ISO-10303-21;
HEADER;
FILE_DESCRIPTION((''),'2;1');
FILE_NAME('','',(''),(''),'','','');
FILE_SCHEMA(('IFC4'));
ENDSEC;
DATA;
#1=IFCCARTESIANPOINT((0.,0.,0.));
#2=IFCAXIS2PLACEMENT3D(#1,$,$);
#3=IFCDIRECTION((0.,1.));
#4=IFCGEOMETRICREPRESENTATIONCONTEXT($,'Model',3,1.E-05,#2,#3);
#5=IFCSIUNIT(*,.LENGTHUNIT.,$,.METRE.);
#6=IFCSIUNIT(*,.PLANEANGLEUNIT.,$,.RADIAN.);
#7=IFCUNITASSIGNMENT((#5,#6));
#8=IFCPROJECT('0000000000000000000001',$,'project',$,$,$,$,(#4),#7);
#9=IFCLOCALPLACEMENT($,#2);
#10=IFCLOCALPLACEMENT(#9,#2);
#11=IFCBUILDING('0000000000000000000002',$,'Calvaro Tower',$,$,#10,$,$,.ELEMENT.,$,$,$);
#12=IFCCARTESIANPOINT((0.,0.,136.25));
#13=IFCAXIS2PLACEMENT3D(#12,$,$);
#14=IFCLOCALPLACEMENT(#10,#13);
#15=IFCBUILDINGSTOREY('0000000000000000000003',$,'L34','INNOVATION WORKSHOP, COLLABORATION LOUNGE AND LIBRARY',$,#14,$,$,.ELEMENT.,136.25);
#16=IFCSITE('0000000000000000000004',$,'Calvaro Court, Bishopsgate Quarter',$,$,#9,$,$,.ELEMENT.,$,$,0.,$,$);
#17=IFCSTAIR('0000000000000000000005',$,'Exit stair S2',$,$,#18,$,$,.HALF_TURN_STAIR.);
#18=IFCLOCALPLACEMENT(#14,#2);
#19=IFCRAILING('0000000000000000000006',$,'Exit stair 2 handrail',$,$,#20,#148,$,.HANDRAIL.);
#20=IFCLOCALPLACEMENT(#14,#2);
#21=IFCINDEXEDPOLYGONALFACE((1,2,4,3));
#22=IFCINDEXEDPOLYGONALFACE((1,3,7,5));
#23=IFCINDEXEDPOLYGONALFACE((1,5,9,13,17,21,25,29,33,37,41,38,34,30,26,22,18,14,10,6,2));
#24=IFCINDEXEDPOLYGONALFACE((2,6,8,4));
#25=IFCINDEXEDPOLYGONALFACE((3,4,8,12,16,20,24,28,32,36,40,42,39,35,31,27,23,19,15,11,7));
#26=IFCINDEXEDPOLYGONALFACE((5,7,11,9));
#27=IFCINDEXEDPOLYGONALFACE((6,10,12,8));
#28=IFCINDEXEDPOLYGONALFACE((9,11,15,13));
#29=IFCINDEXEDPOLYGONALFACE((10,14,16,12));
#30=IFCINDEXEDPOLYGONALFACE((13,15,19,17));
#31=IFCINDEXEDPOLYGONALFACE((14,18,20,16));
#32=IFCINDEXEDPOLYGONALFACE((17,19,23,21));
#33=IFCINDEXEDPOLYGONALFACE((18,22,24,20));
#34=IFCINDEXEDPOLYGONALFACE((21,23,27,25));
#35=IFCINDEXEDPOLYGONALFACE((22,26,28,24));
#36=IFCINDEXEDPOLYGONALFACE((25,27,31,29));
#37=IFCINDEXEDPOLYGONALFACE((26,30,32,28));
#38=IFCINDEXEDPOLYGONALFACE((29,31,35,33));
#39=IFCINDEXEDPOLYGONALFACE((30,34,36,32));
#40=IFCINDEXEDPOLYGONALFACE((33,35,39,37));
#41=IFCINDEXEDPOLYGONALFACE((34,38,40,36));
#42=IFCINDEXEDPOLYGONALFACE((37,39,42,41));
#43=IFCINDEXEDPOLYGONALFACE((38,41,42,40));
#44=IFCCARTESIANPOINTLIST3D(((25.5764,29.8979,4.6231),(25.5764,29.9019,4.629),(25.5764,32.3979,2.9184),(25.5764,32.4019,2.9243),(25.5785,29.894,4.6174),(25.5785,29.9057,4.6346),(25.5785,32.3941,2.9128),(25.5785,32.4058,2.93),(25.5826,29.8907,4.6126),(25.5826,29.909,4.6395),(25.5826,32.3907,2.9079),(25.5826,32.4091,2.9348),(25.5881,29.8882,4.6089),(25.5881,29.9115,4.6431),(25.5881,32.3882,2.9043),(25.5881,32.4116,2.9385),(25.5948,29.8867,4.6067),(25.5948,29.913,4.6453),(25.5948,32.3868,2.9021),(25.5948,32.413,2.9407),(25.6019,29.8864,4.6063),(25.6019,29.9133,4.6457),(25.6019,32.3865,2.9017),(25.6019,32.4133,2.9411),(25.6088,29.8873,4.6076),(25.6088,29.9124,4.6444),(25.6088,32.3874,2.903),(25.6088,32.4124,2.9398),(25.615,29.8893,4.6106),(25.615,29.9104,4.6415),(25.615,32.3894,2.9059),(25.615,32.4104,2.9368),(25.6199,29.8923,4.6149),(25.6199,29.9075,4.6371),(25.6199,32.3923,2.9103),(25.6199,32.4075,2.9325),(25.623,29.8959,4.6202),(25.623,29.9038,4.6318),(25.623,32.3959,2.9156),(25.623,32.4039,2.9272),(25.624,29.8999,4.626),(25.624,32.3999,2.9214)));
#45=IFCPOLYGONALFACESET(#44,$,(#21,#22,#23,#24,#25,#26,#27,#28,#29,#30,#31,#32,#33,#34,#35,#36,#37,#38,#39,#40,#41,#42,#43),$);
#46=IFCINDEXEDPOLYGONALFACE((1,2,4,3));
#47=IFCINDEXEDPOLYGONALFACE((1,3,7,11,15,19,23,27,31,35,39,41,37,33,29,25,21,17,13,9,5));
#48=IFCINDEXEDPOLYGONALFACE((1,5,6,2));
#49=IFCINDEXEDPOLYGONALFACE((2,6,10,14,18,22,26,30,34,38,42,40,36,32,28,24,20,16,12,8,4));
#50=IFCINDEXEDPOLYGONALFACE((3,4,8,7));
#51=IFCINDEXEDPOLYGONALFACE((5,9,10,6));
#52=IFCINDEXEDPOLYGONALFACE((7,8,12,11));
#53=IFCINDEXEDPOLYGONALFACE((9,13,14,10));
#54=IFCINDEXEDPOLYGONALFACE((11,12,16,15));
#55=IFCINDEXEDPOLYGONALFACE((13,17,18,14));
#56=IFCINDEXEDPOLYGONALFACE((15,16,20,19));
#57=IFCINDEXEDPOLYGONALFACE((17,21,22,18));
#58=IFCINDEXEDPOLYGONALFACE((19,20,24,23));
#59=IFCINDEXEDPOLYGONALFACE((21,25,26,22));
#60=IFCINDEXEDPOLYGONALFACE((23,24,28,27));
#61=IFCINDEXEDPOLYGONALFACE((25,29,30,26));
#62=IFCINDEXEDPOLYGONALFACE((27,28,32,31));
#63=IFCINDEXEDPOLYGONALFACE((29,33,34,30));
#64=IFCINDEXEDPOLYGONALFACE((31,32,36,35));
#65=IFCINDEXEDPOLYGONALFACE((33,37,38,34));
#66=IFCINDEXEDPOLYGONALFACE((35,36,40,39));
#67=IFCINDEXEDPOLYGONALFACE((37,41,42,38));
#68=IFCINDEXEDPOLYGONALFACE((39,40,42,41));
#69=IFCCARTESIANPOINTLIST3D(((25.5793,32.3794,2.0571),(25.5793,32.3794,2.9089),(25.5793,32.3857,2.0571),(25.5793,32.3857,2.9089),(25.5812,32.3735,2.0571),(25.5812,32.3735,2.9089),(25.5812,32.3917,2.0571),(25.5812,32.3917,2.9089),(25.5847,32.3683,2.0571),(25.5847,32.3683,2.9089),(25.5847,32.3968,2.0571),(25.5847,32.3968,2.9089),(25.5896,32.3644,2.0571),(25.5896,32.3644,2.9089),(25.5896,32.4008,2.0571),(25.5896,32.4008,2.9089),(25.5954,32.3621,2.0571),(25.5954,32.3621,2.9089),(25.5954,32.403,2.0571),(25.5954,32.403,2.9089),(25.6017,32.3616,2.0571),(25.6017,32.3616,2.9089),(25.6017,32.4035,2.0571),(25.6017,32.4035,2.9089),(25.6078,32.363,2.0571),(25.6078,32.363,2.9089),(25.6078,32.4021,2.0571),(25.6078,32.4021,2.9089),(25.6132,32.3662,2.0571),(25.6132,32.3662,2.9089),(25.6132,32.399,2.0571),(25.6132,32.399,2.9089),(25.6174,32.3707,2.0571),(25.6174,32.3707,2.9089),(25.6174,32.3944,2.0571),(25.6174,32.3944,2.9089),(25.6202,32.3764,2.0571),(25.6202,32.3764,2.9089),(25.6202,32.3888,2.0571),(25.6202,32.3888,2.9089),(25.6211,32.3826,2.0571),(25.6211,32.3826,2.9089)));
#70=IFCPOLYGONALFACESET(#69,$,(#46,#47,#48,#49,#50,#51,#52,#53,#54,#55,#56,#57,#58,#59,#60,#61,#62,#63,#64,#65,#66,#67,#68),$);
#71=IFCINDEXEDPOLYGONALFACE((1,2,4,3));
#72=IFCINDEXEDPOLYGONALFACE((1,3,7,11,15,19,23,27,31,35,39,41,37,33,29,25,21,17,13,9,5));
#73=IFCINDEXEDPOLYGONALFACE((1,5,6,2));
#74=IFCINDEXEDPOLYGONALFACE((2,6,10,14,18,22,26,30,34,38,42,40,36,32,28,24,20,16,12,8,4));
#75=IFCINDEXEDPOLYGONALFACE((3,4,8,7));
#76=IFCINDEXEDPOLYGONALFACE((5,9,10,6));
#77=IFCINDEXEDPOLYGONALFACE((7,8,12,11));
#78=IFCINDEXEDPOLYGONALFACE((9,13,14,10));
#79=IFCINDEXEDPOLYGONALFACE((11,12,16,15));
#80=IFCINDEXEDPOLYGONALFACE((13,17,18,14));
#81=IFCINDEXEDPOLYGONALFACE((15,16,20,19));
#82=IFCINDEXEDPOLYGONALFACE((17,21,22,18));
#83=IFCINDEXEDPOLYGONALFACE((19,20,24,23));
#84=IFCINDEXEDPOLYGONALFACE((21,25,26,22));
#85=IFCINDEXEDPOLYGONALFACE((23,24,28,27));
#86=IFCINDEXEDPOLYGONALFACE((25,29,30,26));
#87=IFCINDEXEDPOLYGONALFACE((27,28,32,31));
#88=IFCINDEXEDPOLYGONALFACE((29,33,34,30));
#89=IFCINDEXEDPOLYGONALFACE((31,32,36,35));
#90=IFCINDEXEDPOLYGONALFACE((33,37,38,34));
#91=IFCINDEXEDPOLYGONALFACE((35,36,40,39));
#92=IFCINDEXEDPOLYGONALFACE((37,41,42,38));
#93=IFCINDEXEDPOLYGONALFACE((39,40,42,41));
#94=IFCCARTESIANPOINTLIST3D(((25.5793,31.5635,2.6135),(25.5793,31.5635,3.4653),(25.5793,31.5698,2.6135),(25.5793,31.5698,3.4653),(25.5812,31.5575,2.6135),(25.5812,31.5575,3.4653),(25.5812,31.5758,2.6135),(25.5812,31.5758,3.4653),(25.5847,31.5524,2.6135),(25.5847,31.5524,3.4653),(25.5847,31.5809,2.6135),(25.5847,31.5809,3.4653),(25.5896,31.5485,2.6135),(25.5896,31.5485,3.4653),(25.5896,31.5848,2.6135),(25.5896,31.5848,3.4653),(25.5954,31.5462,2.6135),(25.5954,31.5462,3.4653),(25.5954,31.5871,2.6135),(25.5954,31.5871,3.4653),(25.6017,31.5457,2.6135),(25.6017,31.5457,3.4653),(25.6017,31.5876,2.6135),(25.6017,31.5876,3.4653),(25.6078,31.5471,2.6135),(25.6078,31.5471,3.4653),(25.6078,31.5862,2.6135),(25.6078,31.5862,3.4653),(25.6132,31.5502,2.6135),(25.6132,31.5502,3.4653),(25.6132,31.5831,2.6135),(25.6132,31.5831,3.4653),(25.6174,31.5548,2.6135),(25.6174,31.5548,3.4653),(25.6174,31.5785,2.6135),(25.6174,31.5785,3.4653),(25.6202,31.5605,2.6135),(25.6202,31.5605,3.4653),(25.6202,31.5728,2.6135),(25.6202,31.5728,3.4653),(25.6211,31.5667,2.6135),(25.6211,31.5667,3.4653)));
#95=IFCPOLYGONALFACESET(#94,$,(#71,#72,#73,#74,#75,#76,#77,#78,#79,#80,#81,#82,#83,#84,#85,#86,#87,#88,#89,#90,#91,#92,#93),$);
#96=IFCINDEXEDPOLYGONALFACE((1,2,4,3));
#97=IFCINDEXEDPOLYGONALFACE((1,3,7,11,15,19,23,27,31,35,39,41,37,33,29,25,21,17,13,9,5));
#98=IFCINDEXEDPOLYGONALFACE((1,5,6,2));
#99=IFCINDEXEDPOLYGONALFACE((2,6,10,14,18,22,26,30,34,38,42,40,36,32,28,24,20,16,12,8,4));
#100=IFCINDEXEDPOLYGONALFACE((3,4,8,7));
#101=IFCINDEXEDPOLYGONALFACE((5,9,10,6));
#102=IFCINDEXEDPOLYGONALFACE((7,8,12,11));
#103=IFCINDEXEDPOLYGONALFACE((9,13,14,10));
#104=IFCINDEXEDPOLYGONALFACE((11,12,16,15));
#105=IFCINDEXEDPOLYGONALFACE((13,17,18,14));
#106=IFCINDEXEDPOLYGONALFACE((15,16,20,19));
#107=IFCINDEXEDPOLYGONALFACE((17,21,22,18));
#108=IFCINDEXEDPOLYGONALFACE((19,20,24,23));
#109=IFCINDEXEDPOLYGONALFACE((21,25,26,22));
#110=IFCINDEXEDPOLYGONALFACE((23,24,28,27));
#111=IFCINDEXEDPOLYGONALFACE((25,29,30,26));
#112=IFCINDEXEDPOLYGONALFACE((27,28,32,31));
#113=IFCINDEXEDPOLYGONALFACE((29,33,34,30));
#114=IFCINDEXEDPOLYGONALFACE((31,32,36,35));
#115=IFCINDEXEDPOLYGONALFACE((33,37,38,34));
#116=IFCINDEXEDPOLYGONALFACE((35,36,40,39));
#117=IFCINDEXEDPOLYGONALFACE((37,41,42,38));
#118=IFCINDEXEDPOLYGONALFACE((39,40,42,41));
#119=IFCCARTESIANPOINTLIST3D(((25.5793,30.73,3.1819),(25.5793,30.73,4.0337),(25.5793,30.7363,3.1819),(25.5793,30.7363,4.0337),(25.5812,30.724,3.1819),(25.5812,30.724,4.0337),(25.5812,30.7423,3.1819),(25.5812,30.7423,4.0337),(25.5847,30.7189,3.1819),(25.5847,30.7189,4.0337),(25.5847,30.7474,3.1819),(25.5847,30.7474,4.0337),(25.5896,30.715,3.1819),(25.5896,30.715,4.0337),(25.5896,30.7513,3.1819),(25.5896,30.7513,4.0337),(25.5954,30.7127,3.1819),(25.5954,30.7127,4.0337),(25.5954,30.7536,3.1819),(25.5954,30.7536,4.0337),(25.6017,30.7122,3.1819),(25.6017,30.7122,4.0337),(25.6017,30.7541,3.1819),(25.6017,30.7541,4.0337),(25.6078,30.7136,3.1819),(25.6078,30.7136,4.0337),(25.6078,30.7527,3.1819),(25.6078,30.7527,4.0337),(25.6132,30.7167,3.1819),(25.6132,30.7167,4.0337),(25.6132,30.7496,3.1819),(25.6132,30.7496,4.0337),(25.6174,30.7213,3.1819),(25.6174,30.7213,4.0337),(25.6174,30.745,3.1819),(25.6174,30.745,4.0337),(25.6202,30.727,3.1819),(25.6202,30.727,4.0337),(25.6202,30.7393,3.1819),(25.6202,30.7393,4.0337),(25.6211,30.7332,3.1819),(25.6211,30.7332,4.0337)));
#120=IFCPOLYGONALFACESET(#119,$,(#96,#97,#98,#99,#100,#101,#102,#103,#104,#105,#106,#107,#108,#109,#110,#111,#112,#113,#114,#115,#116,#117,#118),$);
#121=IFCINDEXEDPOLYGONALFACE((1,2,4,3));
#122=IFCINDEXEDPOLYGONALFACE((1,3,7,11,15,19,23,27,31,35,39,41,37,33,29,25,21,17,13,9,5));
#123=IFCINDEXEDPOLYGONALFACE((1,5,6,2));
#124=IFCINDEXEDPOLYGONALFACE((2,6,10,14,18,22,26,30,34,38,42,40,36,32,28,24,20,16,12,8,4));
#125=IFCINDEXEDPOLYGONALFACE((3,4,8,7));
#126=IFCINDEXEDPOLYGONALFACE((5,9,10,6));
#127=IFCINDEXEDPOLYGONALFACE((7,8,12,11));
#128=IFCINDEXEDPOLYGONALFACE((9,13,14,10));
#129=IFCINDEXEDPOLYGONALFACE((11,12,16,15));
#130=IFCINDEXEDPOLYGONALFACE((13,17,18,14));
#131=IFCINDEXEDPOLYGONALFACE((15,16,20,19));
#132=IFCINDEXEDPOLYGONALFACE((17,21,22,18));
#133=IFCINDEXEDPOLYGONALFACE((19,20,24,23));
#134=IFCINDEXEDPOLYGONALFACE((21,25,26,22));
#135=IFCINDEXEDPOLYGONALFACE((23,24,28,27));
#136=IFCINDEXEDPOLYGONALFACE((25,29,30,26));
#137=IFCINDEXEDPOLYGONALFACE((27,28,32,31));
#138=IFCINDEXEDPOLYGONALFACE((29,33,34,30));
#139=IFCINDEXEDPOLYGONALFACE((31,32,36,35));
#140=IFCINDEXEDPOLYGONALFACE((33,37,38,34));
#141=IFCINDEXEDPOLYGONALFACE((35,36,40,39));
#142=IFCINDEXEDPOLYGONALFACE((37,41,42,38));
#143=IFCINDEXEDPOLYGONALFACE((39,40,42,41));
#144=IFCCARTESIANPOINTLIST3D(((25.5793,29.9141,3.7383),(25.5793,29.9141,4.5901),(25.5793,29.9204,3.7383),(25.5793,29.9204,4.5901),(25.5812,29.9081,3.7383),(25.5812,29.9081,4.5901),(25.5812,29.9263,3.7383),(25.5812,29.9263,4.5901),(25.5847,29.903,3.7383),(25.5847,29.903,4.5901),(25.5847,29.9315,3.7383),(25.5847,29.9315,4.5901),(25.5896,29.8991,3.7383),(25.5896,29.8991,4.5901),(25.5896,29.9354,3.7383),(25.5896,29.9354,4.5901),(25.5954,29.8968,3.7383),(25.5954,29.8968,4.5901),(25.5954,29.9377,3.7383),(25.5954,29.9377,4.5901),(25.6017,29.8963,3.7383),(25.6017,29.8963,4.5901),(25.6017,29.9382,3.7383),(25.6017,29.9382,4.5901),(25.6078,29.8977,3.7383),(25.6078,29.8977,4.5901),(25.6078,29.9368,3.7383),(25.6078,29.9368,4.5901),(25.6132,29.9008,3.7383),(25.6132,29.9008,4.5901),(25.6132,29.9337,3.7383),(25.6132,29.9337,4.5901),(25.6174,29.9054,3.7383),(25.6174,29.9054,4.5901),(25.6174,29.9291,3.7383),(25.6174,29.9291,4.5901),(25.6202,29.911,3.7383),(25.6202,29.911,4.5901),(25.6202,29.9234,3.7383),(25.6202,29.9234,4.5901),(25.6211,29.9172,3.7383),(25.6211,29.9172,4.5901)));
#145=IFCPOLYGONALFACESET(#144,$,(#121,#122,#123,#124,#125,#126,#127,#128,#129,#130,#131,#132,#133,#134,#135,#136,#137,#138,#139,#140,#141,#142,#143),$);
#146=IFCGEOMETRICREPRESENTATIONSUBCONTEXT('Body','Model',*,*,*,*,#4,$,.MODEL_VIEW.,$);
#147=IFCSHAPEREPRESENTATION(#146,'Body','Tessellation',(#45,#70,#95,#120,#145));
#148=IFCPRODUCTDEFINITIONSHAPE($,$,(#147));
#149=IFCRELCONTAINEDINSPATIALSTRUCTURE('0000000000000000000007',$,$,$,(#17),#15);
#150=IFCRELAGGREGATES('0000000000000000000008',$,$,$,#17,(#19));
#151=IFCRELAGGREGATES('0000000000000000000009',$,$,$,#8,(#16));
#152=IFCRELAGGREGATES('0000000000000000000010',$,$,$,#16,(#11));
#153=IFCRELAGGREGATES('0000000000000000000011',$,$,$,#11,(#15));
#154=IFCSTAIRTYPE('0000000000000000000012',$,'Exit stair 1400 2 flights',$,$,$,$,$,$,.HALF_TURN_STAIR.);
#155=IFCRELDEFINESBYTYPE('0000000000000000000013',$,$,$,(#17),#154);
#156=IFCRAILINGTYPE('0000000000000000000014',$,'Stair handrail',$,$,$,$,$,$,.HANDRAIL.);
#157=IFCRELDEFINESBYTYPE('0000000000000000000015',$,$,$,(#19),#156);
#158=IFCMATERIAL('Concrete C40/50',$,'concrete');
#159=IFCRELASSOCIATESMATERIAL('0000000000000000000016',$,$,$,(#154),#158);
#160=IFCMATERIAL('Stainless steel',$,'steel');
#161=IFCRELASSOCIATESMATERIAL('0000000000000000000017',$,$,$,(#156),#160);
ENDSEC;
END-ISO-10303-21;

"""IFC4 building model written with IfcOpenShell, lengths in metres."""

from ifc_helpers import new_model, si_unit, direction, frame, origin, origin_2d, place, context, subcontext, project, spatial, circle, extrude, material, type_object, element, aggregate, save


model = new_model("IFC4")

# Units and contexts
model_context = context("Model", 3, precision=1e-05, world=origin(), true_north=direction((0.0, 1.0)))
body_context = subcontext(model_context, "Body", "Model", "MODEL_VIEW")
ifc_project = project(units=[si_unit("LENGTHUNIT", "METRE"), si_unit("PLANEANGLEUNIT", "RADIAN")], contexts=[model_context])

# Site, building, storey
site_placement = place(None, origin())
site = spatial("IfcSite", under=ifc_project, at=site_placement, Name="Calvaro Court, Bishopsgate Quarter", CompositionType="ELEMENT", RefElevation=0.0)
building_placement = place(site_placement, origin())
building = spatial("IfcBuilding", under=site, at=building_placement, Name="Calvaro Tower", CompositionType="ELEMENT")
storey_placement = place(building_placement, frame((0.0, 0.0, 136.25)))
storey = spatial("IfcBuildingStorey", under=building, at=storey_placement, Name="L34", Description="INNOVATION WORKSHOP, COLLABORATION LOUNGE AND LIBRARY", CompositionType="ELEMENT", Elevation=136.25)

# Stair, railing
ifc_material_1 = material(Name="Concrete C40/50", Category="concrete")
stair_type = type_object("IfcStairType", Name="Exit stair 1400 2 flights", PredefinedType="HALF_TURN_STAIR", material=ifc_material_1)
stair_placement = place(storey_placement, origin())
stair = element("IfcStair", 1, at=stair_placement, inside=storey, type_object=stair_type, Name="Exit stair S2", PredefinedType="HALF_TURN_STAIR")
ifc_material_2 = material(Name="Stainless steel", Category="steel")
railing_type = type_object("IfcRailingType", Name="Stair handrail", PredefinedType="HANDRAIL", material=ifc_material_2)
railing_1_placement = place(storey_placement, frame((25.6001, 32.3999, 2.0454)))
railing_1 = element("IfcRailing", 2, at=railing_1_placement, type_object=railing_type, Name="Exit stair 2 handrail", PredefinedType="HANDRAIL", context=body_context, shape_type="SweptSolid", body=[
    extrude(circle(Radius=0.0239, at=origin_2d()), frame((0.0, 0.0, 0.876), z_axis=(0.0, -0.826221, 0.563347), x_axis=(1.0, 0.0, 0.0)), (0.0, 0.0, 1.0), 3.0259),
    extrude(circle(Radius=0.021, at=origin_2d()), frame((0.0, -0.0173, 0.0117)), (0.0, 0.0, 1.0), 0.8518),
    extrude(circle(Radius=0.021, at=origin_2d()), frame((0.0, -0.8333, 0.5681)), (0.0, 0.0, 1.0), 0.8518),
    extrude(circle(Radius=0.021, at=origin_2d()), frame((0.0, -1.6667, 1.1365)), (0.0, 0.0, 1.0), 0.8518),
    extrude(circle(Radius=0.021, at=origin_2d()), frame((0.0, -2.4827, 1.6929)), (0.0, 0.0, 1.0), 0.8518),
])
aggregate(stair, [railing_1])

save(model, "model.ifc")
